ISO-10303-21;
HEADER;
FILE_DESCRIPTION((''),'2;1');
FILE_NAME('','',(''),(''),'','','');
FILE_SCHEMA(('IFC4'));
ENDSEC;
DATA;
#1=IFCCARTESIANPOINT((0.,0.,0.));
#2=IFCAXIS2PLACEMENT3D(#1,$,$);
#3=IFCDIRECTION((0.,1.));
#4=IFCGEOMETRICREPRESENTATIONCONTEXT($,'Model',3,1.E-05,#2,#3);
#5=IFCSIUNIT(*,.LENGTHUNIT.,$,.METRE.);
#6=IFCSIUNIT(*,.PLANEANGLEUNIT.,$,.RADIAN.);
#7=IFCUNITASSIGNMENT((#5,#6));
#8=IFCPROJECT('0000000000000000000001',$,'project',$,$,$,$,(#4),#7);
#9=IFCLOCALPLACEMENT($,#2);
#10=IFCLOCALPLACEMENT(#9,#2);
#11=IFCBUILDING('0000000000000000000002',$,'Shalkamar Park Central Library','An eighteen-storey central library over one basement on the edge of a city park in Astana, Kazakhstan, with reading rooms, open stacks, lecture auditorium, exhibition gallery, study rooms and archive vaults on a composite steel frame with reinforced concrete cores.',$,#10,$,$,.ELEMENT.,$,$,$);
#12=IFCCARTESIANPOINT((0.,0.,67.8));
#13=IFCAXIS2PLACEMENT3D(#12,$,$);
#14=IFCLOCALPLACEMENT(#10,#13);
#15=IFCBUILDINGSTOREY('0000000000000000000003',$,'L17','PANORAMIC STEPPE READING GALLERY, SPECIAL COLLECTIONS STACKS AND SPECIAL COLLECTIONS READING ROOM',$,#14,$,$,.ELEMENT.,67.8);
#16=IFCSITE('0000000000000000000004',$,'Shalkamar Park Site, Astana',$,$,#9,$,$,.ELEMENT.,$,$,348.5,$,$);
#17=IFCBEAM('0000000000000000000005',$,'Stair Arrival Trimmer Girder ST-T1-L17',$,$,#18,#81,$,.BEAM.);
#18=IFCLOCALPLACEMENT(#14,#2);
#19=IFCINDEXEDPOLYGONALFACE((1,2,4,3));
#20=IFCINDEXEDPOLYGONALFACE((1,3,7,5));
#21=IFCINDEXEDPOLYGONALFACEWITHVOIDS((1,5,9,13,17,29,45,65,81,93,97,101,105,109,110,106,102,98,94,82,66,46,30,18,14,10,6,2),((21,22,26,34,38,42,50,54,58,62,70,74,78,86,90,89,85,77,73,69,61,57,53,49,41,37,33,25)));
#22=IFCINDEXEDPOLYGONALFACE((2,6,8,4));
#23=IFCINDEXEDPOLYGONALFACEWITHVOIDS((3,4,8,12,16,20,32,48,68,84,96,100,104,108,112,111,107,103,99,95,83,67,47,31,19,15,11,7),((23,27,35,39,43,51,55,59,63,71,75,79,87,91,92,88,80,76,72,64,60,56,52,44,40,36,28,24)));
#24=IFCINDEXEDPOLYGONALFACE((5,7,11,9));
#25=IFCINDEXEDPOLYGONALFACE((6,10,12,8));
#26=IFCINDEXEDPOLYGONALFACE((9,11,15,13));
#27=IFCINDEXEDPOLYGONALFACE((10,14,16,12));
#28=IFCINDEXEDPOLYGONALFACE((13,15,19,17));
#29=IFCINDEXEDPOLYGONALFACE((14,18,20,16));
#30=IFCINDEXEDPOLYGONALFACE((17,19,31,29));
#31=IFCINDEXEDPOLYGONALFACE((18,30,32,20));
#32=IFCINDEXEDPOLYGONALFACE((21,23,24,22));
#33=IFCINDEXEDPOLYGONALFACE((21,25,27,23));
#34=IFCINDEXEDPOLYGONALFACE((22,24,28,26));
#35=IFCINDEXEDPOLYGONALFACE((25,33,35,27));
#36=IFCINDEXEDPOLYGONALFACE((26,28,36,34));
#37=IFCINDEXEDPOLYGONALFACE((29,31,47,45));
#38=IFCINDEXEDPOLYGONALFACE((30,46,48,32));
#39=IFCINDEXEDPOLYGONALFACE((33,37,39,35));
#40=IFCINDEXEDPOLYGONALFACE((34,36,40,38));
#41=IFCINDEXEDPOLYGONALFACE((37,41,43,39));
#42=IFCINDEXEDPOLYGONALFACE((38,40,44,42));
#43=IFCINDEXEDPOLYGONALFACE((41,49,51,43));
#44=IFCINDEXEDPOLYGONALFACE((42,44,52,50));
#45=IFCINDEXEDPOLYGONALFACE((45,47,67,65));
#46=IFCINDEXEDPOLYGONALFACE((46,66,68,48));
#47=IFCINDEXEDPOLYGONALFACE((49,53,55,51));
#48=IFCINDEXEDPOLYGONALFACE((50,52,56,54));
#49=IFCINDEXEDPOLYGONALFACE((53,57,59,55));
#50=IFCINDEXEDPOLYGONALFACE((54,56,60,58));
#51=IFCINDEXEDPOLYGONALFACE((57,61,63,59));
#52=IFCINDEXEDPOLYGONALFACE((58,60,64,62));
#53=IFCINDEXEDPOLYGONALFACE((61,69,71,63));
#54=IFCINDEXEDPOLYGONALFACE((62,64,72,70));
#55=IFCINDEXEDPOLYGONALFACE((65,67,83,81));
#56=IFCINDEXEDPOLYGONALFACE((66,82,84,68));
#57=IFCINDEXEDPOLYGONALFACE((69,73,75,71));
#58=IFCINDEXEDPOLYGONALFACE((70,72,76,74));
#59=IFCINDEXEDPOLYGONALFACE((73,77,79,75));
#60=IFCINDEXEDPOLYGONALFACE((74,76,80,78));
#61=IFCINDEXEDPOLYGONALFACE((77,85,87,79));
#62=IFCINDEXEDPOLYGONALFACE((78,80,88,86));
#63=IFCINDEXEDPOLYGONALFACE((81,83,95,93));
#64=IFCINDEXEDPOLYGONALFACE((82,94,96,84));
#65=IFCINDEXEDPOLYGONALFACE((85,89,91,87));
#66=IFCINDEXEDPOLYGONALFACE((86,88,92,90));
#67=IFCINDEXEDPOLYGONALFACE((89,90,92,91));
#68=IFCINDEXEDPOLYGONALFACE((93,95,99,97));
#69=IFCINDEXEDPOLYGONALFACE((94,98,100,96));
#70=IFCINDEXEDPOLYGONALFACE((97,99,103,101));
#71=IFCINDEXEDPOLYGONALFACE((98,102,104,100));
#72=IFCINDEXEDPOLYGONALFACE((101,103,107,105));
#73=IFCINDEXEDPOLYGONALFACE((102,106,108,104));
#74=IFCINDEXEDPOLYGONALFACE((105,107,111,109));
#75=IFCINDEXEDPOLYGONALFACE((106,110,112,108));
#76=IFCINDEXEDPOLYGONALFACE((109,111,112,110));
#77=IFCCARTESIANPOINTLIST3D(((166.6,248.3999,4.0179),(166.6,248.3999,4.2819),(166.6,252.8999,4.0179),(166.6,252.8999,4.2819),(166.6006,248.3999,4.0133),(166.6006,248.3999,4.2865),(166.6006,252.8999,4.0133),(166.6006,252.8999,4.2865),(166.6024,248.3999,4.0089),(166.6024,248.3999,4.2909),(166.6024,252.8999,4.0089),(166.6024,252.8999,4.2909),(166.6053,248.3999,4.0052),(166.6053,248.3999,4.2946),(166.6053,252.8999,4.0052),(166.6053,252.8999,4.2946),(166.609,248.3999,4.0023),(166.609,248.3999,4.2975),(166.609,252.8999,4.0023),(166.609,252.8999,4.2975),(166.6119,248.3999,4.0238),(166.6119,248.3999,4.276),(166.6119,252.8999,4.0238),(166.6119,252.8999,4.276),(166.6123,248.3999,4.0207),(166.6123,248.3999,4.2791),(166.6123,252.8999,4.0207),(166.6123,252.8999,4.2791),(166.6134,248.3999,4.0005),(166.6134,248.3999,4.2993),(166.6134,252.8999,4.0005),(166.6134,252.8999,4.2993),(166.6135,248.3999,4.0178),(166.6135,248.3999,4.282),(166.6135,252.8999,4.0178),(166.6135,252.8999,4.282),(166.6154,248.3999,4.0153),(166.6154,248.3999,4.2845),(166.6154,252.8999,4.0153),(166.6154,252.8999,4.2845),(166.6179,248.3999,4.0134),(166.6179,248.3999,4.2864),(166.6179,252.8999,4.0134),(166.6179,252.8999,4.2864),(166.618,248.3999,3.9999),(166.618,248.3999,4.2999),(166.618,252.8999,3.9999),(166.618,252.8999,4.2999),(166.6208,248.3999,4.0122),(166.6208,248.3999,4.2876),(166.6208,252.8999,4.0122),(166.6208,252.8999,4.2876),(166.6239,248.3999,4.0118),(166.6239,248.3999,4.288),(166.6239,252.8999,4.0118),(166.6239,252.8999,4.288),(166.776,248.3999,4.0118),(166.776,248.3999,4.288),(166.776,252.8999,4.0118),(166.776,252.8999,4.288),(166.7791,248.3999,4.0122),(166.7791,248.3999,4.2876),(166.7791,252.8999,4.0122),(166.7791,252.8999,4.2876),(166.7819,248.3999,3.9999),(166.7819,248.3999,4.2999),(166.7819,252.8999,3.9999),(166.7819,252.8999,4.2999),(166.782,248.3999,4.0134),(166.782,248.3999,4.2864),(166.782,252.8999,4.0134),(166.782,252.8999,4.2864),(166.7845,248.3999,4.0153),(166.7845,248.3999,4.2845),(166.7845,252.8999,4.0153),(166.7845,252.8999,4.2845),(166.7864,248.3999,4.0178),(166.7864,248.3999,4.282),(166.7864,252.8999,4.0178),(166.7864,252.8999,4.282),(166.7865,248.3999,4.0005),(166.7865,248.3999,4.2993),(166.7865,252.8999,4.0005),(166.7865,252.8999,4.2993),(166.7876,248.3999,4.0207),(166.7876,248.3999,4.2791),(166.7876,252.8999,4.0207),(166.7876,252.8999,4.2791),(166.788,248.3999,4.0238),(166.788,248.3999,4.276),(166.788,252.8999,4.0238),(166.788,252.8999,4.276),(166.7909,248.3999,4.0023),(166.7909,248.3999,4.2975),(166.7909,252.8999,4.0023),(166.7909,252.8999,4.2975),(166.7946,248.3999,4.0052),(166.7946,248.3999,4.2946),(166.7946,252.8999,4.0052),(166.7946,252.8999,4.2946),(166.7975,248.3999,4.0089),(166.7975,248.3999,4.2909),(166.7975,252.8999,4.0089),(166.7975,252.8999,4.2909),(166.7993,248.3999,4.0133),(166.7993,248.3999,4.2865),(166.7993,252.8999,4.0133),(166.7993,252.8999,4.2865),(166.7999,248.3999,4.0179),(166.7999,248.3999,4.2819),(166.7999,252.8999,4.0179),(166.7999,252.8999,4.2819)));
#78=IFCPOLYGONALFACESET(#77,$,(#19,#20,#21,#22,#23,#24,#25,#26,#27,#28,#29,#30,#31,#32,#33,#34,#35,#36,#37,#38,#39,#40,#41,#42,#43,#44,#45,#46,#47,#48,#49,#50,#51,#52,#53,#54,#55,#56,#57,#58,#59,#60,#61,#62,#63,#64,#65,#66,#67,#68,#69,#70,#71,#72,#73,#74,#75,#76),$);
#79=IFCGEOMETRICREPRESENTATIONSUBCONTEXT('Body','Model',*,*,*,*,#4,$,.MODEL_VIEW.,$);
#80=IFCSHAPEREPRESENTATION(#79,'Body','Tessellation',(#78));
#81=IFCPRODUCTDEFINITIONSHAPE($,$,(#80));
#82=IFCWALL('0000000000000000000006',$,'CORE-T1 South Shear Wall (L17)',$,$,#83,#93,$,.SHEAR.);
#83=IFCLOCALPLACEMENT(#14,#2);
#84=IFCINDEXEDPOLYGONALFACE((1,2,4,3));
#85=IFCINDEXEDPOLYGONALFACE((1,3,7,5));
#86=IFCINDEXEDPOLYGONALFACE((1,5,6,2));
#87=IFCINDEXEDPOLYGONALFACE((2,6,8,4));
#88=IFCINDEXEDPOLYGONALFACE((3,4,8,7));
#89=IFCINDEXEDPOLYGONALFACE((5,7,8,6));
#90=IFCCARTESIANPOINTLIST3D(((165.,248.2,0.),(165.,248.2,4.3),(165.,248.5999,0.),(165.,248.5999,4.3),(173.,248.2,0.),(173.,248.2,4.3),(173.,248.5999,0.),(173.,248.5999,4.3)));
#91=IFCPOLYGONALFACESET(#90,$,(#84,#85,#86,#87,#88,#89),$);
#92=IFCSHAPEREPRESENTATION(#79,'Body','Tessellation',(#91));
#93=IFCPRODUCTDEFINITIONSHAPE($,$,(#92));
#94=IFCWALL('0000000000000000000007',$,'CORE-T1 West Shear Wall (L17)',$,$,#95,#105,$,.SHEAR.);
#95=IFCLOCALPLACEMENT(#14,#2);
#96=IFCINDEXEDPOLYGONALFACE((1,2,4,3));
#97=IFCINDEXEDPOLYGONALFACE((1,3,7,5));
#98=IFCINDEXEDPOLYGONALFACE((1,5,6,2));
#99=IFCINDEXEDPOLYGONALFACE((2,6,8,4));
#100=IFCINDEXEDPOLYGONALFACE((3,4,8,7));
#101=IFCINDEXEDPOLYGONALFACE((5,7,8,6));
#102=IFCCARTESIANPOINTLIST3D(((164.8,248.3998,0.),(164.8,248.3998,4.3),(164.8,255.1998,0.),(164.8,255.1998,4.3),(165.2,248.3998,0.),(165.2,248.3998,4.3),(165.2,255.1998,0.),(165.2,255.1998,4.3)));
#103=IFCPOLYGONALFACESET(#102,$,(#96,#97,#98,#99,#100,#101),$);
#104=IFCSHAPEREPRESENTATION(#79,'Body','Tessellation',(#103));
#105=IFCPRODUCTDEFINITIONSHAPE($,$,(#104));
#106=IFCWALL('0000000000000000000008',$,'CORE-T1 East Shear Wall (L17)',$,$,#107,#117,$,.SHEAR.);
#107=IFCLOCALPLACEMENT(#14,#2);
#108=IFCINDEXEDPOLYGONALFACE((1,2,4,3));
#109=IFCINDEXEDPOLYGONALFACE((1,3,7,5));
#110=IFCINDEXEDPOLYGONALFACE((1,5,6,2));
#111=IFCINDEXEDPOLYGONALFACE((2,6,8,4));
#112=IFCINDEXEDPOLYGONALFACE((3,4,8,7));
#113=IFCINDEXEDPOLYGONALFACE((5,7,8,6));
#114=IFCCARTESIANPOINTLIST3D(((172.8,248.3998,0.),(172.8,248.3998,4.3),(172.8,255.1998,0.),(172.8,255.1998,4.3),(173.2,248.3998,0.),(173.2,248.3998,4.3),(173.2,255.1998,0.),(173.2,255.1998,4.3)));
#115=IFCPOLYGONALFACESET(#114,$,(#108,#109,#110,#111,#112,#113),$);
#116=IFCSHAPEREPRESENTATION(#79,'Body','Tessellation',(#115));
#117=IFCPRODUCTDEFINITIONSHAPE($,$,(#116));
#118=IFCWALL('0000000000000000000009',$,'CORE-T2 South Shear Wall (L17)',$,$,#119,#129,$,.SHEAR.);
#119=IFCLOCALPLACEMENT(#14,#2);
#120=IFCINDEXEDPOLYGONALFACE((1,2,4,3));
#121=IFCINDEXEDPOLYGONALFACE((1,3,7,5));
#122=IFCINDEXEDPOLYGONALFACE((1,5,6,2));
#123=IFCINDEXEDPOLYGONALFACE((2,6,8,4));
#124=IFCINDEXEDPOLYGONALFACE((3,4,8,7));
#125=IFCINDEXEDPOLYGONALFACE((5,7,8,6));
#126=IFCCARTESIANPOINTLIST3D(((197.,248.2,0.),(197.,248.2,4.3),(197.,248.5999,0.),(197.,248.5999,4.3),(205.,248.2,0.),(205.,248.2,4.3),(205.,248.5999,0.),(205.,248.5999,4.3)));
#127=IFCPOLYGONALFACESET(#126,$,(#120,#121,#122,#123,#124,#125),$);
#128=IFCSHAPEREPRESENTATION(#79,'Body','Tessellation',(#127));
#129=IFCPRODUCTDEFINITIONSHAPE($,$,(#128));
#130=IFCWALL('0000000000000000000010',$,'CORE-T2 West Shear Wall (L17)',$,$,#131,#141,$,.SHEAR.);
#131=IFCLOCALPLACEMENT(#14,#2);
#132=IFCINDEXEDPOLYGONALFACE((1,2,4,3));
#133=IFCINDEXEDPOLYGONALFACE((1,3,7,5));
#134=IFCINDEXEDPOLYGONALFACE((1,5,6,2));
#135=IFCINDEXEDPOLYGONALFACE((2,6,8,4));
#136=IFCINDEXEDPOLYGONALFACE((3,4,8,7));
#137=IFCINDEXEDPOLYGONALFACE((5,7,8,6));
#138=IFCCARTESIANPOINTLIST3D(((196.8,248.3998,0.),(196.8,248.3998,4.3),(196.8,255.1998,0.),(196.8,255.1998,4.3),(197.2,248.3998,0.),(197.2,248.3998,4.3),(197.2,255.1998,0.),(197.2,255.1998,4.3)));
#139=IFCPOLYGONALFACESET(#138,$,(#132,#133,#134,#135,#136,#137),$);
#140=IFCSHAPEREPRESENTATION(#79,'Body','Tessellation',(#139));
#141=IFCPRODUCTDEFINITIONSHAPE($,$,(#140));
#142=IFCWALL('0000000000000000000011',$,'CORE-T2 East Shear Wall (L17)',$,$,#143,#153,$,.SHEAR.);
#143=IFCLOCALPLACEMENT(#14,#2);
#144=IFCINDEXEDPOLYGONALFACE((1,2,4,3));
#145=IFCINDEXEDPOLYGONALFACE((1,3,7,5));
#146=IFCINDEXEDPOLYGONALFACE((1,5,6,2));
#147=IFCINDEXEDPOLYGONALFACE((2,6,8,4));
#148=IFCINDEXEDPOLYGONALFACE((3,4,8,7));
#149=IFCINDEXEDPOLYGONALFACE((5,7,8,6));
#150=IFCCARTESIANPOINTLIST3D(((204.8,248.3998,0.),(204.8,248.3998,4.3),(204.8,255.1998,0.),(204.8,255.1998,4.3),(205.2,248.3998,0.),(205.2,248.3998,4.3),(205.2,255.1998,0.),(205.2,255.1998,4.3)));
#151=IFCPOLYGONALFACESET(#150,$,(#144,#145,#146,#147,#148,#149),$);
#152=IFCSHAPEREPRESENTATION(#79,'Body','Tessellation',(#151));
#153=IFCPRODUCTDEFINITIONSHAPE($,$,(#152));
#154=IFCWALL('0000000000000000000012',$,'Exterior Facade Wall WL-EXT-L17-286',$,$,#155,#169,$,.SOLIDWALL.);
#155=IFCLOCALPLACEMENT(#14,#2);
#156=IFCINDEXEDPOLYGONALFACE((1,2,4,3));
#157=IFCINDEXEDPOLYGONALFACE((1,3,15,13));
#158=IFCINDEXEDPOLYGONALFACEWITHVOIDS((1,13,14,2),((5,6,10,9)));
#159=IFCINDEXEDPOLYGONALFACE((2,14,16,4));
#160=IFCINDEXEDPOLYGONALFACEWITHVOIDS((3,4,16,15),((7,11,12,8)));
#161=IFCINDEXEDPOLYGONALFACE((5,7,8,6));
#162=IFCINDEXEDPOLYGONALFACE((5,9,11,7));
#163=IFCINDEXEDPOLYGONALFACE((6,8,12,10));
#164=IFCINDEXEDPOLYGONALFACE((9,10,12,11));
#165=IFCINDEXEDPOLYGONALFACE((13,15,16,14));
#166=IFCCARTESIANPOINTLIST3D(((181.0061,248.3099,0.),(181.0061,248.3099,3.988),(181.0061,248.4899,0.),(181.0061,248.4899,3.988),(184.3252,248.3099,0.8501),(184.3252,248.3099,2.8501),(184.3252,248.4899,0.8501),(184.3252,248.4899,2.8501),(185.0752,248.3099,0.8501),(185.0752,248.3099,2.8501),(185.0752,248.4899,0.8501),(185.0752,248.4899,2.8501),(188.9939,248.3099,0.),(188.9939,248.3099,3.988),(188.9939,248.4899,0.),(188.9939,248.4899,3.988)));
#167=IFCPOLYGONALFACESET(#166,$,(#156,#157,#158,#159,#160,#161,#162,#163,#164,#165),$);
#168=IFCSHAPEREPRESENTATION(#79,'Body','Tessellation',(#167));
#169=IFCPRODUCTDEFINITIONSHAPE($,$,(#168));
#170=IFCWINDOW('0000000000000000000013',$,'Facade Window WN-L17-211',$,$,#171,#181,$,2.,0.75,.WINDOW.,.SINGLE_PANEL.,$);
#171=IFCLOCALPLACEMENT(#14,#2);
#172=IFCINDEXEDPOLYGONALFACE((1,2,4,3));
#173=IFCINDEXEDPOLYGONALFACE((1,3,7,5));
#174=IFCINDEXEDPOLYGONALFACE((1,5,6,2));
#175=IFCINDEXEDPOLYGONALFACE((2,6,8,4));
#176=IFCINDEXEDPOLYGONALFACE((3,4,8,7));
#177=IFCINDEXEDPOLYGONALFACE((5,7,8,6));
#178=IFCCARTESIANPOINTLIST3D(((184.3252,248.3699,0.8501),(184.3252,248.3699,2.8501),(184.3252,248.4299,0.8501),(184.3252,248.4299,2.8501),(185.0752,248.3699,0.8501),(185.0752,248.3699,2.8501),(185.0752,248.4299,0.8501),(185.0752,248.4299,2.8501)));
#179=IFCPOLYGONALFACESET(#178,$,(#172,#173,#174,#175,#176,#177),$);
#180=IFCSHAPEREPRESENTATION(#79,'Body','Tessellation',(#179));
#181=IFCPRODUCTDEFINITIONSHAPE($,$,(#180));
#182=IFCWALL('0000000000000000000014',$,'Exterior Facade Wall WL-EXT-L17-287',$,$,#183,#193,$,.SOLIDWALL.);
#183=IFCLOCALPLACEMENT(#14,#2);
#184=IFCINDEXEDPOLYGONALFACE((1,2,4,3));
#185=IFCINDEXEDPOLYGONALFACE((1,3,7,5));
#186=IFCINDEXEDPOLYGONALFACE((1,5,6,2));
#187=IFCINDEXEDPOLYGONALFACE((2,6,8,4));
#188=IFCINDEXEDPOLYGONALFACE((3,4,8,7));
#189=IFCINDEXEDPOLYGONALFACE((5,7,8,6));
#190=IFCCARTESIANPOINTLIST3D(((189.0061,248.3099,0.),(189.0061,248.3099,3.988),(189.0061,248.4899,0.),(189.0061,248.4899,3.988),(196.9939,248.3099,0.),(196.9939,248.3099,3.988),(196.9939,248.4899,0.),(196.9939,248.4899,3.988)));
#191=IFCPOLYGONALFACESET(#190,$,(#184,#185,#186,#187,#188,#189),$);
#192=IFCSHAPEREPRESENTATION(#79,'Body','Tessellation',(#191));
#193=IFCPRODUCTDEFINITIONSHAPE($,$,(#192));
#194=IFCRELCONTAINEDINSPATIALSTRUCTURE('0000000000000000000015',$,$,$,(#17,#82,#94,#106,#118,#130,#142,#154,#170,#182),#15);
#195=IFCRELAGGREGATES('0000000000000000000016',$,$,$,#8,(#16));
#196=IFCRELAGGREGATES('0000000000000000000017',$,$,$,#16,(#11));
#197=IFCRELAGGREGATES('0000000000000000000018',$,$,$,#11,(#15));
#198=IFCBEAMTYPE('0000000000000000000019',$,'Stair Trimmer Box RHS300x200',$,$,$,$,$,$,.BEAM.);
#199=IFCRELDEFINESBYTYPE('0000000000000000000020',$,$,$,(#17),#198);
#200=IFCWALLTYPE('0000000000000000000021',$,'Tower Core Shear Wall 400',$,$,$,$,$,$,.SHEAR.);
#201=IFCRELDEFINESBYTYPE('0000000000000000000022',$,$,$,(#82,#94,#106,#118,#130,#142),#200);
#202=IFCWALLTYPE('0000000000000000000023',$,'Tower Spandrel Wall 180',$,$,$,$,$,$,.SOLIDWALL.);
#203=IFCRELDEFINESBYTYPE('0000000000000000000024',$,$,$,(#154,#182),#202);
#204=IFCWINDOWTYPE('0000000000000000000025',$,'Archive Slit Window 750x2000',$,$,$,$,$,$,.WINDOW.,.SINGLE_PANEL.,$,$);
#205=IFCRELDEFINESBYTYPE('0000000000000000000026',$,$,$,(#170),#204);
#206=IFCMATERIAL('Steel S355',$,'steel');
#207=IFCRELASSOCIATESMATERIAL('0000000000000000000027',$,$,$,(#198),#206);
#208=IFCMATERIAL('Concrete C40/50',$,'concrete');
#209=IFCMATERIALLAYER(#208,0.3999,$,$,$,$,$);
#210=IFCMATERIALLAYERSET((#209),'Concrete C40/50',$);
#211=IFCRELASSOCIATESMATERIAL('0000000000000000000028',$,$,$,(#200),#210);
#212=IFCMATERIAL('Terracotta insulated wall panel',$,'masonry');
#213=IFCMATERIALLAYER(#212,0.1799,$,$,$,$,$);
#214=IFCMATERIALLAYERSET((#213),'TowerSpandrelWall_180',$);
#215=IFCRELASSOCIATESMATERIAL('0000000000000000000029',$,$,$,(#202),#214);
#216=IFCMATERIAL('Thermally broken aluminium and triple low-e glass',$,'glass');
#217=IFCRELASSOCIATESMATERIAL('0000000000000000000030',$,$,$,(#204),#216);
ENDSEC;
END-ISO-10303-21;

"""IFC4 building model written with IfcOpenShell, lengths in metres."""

from ifc_helpers import new_model, si_unit, direction, frame, frame_2d, origin, origin_2d, place, context, subcontext, project, spatial, rectangle, hollow_rectangle, extrude, material, layer, layer_set, material_profile, profile_set, type_object, element, fill, save


model = new_model("IFC4")

# Units and contexts
model_context = context("Model", 3, precision=1e-05, world=origin(), true_north=direction((0.0, 1.0)))
body_context = subcontext(model_context, "Body", "Model", "MODEL_VIEW")
ifc_project = project(units=[si_unit("LENGTHUNIT", "METRE"), si_unit("PLANEANGLEUNIT", "RADIAN")], contexts=[model_context])

# Site, building, storey
site_placement = place(None, origin())
site = spatial("IfcSite", under=ifc_project, at=site_placement, Name="Shalkamar Park Site, Astana", CompositionType="ELEMENT", RefElevation=348.5)
building_placement = place(site_placement, origin())
building = spatial("IfcBuilding", under=site, at=building_placement, Name="Shalkamar Park Central Library", Description="An eighteen-storey central library over one basement on the edge of a city park in Astana, Kazakhstan, with reading rooms, open stacks, lecture auditorium, exhibition gallery, study rooms and archive vaults on a composite steel frame with reinforced concrete cores.", CompositionType="ELEMENT")
storey_placement = place(building_placement, frame((0.0, 0.0, 67.8)))
storey = spatial("IfcBuildingStorey", under=building, at=storey_placement, Name="L17", Description="PANORAMIC STEPPE READING GALLERY, SPECIAL COLLECTIONS STACKS AND SPECIAL COLLECTIONS READING ROOM", CompositionType="ELEMENT", Elevation=67.8)

# Shared definitions
ifc_material_1 = material(Name="Steel S355", Category="steel")

# Beam
ifc_material_profile_1 = material_profile(ifc_material_1, hollow_rectangle(XDim=0.2, YDim=0.3, WallThickness=0.012, InnerFilletRadius=0.012, OuterFilletRadius=0.0181, at=origin_2d()), Name="RHS 300x200x12")
ifc_profile_set_1 = profile_set([ifc_material_profile_1], Name="Steel S355")
beam_type_1 = type_object("IfcBeamType", Name="Stair Trimmer Box RHS300x200", PredefinedType="BEAM", material=ifc_profile_set_1)
beam_1_placement = place(storey_placement, frame((166.7, 248.3999, 4.1499), z_axis=(0.0, 1.0, 0.0), x_axis=(-1.0, 0.0, 0.0)))
element("IfcBeam", 1, at=beam_1_placement, inside=storey, type_object=beam_type_1, Name="Stair Arrival Trimmer Girder ST-T1-L17", PredefinedType="BEAM", context=body_context, shape_type="SweptSolid", body=[
    extrude(hollow_rectangle(XDim=0.2, YDim=0.3, WallThickness=0.012, InnerFilletRadius=0.012, OuterFilletRadius=0.0181, at=origin_2d()), origin(), (0.0, 0.0, 1.0), 4.5),
])

# Walls
ifc_material_2 = material(Name="Concrete C40/50", Category="concrete")
ifc_layer_1 = layer(ifc_material_2, 0.3999)
ifc_layer_set_1 = layer_set([ifc_layer_1], Name="Concrete C40/50")
wall_type_1 = type_object("IfcWallType", Name="Tower Core Shear Wall 400", PredefinedType="SHEAR", material=ifc_layer_set_1)
wall_1_placement = place(storey_placement, frame((165.0, 248.3999, 0.0), z_axis=(0.0, 0.0, 1.0), x_axis=(1.0, 0.0, 0.0)))
element("IfcWall", 2, at=wall_1_placement, inside=storey, type_object=wall_type_1, Name="CORE-T1 South Shear Wall (L17)", PredefinedType="SHEAR", context=body_context, shape_type="SweptSolid", body=[
    extrude(rectangle(XDim=8.0, YDim=0.3999, at=frame_2d((4.0, 0.0))), origin(), (0.0, 0.0, 1.0), 4.3),
])
for number, where, z_axis, x_axis, name in (
    (3, (165.0, 248.3999, 0.0), (0.0, 0.0, 1.0), (0.0, 1.0, 0.0), "CORE-T1 West Shear Wall (L17)"),
    (4, (173.0, 248.3999, 0.0), (0.0, 0.0, 1.0), (0.0, 1.0, 0.0), "CORE-T1 East Shear Wall (L17)"),
):
    element("IfcWall", number, at=place(storey_placement, frame(where, z_axis=z_axis, x_axis=x_axis)), inside=storey, type_object=wall_type_1, Name=name, PredefinedType="SHEAR", context=body_context, shape_type="SweptSolid", body=[
        extrude(rectangle(XDim=6.8, YDim=0.3999, at=frame_2d((3.3999, 0.0))), origin(), (0.0, 0.0, 1.0), 4.3),
    ])
wall_2_placement = place(storey_placement, frame((197.0, 248.3999, 0.0), z_axis=(0.0, 0.0, 1.0), x_axis=(1.0, 0.0, 0.0)))
element("IfcWall", 5, at=wall_2_placement, inside=storey, type_object=wall_type_1, Name="CORE-T2 South Shear Wall (L17)", PredefinedType="SHEAR", context=body_context, shape_type="SweptSolid", body=[
    extrude(rectangle(XDim=8.0, YDim=0.3999, at=frame_2d((4.0, 0.0))), origin(), (0.0, 0.0, 1.0), 4.3),
])
for number, where, z_axis, x_axis, name in (
    (6, (197.0, 248.3999, 0.0), (0.0, 0.0, 1.0), (0.0, 1.0, 0.0), "CORE-T2 West Shear Wall (L17)"),
    (7, (205.0, 248.3999, 0.0), (0.0, 0.0, 1.0), (0.0, 1.0, 0.0), "CORE-T2 East Shear Wall (L17)"),
):
    element("IfcWall", number, at=place(storey_placement, frame(where, z_axis=z_axis, x_axis=x_axis)), inside=storey, type_object=wall_type_1, Name=name, PredefinedType="SHEAR", context=body_context, shape_type="SweptSolid", body=[
        extrude(rectangle(XDim=6.8, YDim=0.3999, at=frame_2d((3.3999, 0.0))), origin(), (0.0, 0.0, 1.0), 4.3),
    ])

# Wall, opening, window
ifc_material_3 = material(Name="Terracotta insulated wall panel", Category="masonry")
ifc_layer_2 = layer(ifc_material_3, 0.1799)
ifc_layer_set_2 = layer_set([ifc_layer_2], Name="TowerSpandrelWall_180")
wall_type_2 = type_object("IfcWallType", Name="Tower Spandrel Wall 180", PredefinedType="SOLIDWALL", material=ifc_layer_set_2)
wall_3_placement = place(storey_placement, frame((181.0061, 248.3999, 0.0), z_axis=(0.0, 0.0, 1.0), x_axis=(1.0, 0.0, 0.0)))
wall_3 = element("IfcWall", 8, at=wall_3_placement, inside=storey, type_object=wall_type_2, Name="Exterior Facade Wall WL-EXT-L17-286", PredefinedType="SOLIDWALL", context=body_context, shape_type="SweptSolid", body=[
    extrude(rectangle(XDim=7.9878, YDim=0.1799, at=frame_2d((3.9939, 0.0))), origin(), (0.0, 0.0, 1.0), 3.988),
])
opening_1_placement = place(wall_3_placement, frame((3.3191, 0.0, 0.8501)))
opening_1 = element("IfcOpeningElement", 9, at=opening_1_placement, cuts=wall_3, PredefinedType="OPENING", context=body_context, shape_type="SweptSolid", body=[
    extrude(rectangle(XDim=0.75, YDim=2.0, at=frame_2d((0.375, 1.0))), frame((0.0, 0.105, 0.0), z_axis=(0.0, -1.0, 0.0), x_axis=(1.0, 0.0, 0.0)), (0.0, 0.0, 1.0), 0.2097),
])
ifc_material_4 = material(Name="Thermally broken aluminium and triple low-e glass", Category="glass")
window_type_1 = type_object("IfcWindowType", Name="Archive Slit Window 750x2000", PartitioningType="SINGLE_PANEL", PredefinedType="WINDOW", material=ifc_material_4)
window_1_placement = place(opening_1_placement, origin())
window_1 = element("IfcWindow", 10, at=window_1_placement, inside=storey, type_object=window_type_1, Name="Facade Window WN-L17-211", OverallHeight=2.0, OverallWidth=0.75, PartitioningType="SINGLE_PANEL", PredefinedType="WINDOW", context=body_context, shape_type="SweptSolid", body=[
    extrude(rectangle(XDim=0.75, YDim=2.0, at=frame_2d((0.375, 1.0))), frame((0.0, 0.03, 0.0), z_axis=(0.0, -1.0, 0.0), x_axis=(1.0, 0.0, 0.0)), (0.0, 0.0, 1.0), 0.0601),
])
fill(opening_1, window_1)

# Wall
wall_4_placement = place(storey_placement, frame((189.0061, 248.3999, 0.0), z_axis=(0.0, 0.0, 1.0), x_axis=(1.0, 0.0, 0.0)))
element("IfcWall", 11, at=wall_4_placement, inside=storey, type_object=wall_type_2, Name="Exterior Facade Wall WL-EXT-L17-287", PredefinedType="SOLIDWALL", context=body_context, shape_type="SweptSolid", body=[
    extrude(rectangle(XDim=7.9878, YDim=0.1799, at=frame_2d((3.9939, 0.0))), origin(), (0.0, 0.0, 1.0), 3.988),
])

save(model, "model.ifc")
